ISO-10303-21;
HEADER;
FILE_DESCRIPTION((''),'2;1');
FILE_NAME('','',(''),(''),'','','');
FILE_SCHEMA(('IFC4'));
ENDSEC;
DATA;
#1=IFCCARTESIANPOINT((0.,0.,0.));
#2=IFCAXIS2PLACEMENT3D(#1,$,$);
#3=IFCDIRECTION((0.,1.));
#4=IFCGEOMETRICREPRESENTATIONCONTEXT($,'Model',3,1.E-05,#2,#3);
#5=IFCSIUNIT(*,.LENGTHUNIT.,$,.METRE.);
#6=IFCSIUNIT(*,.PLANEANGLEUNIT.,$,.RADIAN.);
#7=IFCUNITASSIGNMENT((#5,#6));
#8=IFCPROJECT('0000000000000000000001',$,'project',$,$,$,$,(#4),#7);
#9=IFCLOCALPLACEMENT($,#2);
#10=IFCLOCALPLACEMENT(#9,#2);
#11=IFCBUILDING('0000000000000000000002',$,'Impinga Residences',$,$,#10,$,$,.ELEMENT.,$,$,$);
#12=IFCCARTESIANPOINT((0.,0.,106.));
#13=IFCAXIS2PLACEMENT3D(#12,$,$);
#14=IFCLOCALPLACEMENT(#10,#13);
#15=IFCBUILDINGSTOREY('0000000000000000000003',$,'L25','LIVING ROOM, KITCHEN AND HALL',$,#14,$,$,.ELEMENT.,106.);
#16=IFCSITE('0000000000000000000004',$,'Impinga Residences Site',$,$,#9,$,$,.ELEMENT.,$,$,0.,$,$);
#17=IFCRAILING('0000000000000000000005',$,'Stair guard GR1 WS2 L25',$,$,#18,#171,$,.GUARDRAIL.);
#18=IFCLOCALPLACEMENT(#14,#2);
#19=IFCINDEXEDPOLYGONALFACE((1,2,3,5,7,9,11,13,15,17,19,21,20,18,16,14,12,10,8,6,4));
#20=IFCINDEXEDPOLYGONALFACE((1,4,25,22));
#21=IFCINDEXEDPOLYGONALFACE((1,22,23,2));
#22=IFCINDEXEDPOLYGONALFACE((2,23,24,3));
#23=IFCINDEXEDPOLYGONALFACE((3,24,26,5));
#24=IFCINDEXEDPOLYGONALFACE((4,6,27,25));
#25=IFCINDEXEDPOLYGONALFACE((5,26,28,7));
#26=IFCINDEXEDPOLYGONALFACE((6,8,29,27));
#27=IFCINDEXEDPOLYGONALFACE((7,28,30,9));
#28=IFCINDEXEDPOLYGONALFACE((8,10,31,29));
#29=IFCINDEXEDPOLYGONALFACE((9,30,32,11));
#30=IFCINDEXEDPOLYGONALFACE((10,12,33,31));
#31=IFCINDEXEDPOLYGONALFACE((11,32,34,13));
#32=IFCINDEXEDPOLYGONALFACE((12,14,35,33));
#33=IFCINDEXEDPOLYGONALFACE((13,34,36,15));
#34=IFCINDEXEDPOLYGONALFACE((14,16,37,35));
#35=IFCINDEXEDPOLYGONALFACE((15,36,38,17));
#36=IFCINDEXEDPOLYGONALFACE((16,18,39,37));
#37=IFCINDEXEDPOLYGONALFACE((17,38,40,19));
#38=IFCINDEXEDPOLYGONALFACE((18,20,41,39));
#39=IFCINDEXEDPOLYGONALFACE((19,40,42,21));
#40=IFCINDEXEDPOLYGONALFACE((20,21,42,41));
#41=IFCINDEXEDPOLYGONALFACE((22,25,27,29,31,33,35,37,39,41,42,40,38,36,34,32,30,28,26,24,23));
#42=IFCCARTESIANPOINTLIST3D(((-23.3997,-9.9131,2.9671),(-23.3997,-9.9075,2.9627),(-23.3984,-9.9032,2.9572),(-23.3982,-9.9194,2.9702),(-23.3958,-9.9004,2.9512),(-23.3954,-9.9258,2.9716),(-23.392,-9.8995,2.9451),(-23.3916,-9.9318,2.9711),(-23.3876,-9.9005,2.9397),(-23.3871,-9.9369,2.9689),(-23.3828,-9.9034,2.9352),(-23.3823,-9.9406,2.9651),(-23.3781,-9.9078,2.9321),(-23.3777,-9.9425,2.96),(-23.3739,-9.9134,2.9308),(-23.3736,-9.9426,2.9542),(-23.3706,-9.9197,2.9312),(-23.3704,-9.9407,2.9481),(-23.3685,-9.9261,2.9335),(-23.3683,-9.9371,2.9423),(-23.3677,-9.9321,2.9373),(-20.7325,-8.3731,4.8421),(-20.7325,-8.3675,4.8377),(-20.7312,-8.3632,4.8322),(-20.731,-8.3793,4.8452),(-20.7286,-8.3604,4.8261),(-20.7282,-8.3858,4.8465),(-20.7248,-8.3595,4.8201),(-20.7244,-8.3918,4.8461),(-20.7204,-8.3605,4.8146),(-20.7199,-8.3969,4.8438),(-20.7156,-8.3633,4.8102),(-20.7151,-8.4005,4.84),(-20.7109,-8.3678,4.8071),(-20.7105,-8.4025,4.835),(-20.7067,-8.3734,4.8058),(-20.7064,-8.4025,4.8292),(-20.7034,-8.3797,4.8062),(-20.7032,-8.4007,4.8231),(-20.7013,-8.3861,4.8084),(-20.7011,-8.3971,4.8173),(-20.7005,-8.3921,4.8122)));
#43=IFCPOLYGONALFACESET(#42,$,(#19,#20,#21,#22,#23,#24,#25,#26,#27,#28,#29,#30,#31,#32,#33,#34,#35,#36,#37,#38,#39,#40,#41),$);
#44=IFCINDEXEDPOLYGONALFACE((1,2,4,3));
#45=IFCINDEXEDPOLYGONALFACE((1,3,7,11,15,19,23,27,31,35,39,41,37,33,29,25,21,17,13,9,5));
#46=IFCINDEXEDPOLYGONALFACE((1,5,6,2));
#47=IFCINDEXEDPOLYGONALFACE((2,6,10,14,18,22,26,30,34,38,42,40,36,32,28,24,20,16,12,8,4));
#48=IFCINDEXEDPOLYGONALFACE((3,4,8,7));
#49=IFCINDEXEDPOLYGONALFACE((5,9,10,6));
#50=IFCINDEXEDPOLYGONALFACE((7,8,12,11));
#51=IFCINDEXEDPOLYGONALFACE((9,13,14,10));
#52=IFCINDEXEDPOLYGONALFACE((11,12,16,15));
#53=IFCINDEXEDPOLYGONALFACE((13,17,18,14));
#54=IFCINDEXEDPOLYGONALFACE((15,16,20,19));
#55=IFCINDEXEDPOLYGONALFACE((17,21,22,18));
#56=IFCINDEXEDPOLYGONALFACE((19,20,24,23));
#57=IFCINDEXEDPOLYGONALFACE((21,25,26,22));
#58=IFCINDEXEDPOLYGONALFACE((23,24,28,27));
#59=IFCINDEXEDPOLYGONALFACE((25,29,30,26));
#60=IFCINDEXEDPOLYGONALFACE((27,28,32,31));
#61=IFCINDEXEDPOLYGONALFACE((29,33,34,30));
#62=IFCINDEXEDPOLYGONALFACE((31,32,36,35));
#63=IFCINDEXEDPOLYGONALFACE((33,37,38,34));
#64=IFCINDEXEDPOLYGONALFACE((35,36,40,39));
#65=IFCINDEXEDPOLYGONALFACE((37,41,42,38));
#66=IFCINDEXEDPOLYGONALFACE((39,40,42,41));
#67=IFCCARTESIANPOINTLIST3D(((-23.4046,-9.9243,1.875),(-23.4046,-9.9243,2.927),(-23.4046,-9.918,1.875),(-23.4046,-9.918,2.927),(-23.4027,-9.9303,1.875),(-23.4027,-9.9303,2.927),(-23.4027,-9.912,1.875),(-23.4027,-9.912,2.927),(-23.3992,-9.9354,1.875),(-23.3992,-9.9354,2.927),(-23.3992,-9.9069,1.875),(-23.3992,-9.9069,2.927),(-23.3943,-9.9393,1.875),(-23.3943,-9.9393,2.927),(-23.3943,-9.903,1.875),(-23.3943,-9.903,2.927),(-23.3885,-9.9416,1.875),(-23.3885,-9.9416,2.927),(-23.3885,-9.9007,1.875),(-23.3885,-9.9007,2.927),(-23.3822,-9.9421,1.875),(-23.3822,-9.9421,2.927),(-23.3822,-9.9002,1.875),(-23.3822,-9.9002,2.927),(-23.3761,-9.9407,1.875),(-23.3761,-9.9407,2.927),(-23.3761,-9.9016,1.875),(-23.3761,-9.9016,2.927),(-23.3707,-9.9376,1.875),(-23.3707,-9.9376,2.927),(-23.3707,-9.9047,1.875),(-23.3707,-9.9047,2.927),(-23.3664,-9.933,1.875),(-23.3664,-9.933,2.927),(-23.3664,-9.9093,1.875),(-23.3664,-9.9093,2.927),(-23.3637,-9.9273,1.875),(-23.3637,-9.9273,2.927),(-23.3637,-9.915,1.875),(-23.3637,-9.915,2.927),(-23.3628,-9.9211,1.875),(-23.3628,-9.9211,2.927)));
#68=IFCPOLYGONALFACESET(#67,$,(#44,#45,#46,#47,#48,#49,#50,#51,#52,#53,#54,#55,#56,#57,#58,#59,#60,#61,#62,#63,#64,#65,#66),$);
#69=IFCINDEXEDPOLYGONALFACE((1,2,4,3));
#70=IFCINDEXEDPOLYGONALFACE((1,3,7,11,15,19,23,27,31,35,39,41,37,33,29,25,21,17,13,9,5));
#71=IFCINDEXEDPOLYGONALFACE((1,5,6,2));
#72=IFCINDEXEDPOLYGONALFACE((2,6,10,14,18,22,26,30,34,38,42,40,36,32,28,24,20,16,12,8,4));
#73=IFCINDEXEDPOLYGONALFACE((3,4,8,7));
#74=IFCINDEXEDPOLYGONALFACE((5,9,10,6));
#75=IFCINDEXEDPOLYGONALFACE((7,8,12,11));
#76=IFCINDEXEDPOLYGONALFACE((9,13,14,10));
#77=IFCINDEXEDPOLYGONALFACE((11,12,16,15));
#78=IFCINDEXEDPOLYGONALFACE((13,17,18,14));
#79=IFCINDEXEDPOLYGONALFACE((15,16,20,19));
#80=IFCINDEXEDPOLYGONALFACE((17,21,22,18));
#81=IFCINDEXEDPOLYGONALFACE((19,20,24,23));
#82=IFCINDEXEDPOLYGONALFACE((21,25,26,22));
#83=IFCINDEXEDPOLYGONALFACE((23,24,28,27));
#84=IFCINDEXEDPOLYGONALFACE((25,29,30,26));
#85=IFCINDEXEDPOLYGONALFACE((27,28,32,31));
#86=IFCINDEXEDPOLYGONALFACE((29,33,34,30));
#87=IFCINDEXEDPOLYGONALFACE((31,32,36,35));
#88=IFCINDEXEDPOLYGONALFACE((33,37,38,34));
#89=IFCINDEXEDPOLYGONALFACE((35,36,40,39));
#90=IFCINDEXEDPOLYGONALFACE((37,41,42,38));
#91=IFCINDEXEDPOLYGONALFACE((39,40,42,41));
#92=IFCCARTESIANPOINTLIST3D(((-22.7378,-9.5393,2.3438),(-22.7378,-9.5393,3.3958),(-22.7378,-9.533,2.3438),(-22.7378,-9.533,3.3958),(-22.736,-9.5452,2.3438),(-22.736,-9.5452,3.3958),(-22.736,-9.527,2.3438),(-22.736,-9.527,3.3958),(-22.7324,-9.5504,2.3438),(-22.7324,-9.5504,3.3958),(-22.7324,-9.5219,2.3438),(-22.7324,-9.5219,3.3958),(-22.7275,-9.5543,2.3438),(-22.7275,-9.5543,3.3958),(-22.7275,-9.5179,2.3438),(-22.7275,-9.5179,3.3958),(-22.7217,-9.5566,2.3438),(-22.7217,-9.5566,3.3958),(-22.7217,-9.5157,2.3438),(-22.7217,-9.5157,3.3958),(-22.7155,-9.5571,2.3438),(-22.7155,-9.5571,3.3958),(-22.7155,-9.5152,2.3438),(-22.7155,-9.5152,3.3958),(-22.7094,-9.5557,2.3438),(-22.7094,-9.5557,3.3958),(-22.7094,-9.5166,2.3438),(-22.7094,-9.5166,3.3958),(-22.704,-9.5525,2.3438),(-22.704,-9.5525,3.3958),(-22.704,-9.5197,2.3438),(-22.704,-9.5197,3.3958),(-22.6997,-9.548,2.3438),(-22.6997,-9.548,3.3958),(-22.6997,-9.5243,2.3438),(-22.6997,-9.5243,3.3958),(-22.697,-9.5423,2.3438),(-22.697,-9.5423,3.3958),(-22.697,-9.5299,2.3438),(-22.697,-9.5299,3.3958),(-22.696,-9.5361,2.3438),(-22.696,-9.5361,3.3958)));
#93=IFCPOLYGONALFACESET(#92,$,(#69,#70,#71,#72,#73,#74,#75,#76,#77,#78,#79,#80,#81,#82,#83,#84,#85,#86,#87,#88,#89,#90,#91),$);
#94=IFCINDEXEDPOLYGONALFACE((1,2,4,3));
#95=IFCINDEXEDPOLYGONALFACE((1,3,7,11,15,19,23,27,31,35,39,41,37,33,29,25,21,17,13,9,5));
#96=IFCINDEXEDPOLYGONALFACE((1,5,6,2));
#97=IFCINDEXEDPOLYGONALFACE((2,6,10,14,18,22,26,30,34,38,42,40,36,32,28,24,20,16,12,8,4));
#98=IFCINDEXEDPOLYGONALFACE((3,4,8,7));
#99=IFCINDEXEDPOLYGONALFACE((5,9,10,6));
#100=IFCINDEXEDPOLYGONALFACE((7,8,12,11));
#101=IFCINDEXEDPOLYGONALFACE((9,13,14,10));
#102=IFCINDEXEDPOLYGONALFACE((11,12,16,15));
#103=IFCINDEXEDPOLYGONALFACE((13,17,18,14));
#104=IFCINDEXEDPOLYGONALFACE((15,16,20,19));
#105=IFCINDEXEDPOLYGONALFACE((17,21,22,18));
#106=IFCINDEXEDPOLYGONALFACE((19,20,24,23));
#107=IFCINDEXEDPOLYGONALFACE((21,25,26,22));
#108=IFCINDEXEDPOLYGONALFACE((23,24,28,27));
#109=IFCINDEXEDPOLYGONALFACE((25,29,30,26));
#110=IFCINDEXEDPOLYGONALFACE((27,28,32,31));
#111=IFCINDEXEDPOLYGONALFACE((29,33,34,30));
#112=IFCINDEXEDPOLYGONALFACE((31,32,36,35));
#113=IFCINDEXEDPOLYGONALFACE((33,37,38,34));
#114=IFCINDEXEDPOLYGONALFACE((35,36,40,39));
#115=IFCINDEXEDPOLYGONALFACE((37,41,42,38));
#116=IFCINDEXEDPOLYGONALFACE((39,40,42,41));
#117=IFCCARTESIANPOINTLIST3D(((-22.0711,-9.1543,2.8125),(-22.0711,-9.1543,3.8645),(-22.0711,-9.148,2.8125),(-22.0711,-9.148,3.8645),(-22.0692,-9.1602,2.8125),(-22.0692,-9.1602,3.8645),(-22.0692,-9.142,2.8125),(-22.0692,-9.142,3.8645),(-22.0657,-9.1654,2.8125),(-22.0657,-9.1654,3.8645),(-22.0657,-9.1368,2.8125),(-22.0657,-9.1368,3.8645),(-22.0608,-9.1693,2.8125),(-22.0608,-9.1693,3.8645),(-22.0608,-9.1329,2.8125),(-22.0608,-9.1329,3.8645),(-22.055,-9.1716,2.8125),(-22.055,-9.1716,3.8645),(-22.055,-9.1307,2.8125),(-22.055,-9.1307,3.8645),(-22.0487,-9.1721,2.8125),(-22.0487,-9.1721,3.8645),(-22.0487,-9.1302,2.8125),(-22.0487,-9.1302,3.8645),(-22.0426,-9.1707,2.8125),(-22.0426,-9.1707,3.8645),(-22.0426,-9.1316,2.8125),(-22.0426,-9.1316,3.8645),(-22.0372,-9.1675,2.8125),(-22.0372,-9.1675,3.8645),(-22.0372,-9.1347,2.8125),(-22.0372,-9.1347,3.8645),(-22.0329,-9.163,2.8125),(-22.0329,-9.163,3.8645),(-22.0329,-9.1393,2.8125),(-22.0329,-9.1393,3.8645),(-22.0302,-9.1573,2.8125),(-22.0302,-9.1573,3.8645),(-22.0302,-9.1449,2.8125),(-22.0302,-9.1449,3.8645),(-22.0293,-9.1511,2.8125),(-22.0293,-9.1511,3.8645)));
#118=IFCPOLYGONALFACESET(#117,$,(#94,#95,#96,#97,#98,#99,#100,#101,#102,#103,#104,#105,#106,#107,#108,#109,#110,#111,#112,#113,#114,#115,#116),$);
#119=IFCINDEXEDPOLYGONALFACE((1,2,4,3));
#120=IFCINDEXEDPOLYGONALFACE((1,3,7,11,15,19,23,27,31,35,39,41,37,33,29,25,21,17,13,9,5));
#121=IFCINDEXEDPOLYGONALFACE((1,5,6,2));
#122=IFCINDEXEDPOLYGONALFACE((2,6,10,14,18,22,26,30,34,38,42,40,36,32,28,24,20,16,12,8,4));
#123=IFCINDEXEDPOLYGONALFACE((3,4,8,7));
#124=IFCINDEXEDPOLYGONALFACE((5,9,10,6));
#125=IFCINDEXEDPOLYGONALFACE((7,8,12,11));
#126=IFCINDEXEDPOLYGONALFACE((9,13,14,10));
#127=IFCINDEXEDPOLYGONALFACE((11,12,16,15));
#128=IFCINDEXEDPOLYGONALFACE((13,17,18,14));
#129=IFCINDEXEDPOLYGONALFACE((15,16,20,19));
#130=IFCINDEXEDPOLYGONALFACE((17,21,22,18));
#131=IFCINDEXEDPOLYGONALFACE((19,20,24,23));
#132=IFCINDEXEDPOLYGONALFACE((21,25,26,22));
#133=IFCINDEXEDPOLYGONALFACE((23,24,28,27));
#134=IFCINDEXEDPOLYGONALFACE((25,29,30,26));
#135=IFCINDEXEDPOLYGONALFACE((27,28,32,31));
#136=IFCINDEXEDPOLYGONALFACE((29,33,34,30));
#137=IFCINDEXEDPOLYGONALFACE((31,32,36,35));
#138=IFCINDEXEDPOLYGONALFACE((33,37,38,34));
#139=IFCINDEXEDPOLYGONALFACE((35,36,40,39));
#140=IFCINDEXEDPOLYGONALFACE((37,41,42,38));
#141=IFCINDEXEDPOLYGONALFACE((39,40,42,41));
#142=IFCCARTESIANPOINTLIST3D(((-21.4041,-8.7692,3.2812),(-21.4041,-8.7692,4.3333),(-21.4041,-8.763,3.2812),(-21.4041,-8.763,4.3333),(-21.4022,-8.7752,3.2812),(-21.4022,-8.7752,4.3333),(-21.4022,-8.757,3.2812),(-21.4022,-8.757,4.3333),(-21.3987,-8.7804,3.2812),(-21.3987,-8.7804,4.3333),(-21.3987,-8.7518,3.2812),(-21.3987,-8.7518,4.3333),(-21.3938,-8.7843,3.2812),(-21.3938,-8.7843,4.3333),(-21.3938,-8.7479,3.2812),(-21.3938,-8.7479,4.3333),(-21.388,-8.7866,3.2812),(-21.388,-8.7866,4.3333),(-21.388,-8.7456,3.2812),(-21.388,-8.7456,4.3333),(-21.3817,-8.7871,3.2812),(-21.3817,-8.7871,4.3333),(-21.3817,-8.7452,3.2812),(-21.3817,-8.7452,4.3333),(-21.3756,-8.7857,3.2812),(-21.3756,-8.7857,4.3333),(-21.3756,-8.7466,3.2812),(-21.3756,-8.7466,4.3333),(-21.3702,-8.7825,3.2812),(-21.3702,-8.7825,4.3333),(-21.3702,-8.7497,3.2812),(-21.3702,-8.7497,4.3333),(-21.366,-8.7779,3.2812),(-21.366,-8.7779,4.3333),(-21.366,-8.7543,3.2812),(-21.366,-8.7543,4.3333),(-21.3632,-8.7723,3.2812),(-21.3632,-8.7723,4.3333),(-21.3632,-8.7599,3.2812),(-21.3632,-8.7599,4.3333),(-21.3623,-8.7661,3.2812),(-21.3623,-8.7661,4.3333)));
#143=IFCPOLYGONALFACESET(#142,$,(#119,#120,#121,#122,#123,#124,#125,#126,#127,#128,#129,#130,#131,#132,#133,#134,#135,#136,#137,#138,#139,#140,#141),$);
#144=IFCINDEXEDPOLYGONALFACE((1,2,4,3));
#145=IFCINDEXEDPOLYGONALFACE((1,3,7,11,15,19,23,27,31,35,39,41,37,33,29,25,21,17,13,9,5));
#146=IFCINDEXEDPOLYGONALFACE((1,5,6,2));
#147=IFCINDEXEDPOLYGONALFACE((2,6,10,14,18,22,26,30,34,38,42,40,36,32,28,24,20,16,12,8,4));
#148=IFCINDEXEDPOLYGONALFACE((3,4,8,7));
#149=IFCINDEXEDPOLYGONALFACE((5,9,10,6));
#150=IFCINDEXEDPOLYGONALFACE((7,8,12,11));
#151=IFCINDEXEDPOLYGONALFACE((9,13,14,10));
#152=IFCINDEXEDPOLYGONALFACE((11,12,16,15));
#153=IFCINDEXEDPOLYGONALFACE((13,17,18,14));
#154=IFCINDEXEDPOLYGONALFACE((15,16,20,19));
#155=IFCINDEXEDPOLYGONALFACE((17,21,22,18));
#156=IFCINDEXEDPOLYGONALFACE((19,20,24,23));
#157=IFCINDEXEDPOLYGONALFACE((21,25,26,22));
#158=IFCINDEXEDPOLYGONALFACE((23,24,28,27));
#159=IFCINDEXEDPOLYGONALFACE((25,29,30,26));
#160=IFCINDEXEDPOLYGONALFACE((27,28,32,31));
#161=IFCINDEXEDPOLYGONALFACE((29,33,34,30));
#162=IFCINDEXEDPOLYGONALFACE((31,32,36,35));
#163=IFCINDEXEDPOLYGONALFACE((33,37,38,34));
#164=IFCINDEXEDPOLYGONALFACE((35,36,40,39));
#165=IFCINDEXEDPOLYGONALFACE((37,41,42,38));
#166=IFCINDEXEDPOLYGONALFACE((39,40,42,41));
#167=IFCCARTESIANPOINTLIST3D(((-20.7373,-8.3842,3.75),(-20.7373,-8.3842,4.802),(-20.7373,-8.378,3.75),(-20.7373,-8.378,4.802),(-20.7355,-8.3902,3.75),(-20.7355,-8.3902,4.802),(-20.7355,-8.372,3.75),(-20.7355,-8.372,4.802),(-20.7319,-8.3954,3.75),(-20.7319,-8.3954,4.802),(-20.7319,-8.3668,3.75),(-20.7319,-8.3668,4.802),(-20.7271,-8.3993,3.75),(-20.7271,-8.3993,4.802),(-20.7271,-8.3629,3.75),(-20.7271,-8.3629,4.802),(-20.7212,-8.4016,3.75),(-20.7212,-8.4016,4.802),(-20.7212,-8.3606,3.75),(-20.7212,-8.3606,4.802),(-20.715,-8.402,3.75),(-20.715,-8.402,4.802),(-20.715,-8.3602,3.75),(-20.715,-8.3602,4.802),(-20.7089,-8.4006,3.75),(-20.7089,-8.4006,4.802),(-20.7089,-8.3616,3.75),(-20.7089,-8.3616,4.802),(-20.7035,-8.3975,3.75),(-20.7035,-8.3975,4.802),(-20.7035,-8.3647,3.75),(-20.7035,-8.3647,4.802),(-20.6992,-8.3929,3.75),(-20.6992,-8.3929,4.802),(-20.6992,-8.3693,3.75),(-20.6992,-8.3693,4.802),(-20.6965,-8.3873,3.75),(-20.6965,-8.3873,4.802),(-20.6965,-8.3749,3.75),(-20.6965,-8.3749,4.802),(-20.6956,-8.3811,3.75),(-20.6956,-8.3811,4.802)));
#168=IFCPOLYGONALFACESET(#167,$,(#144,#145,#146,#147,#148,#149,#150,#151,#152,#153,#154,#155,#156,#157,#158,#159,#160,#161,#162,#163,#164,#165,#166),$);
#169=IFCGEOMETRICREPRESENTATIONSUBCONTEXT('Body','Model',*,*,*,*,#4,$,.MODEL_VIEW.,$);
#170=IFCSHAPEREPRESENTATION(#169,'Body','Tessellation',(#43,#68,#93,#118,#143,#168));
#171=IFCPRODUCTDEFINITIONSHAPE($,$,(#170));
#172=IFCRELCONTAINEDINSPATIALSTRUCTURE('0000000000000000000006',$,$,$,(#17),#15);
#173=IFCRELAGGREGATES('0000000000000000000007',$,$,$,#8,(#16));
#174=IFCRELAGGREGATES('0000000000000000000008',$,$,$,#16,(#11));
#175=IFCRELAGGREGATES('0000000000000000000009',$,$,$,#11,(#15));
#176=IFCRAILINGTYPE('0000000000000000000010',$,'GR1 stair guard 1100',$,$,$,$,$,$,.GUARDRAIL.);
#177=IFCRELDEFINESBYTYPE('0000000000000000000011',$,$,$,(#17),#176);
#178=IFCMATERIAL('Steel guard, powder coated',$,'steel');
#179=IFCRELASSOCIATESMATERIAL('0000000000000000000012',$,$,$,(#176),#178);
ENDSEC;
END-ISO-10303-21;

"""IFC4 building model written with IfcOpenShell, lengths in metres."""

from ifc_helpers import new_model, si_unit, direction, frame, origin, origin_2d, place, context, subcontext, project, spatial, circle, extrude, material, type_object, element, save


model = new_model("IFC4")

# Units and contexts
model_context = context("Model", 3, precision=1e-05, world=origin(), true_north=direction((0.0, 1.0)))
body_context = subcontext(model_context, "Body", "Model", "MODEL_VIEW")
ifc_project = project(units=[si_unit("LENGTHUNIT", "METRE"), si_unit("PLANEANGLEUNIT", "RADIAN")], contexts=[model_context])

# Site, building, storey
site_placement = place(None, origin())
site = spatial("IfcSite", under=ifc_project, at=site_placement, Name="Impinga Residences Site", CompositionType="ELEMENT", RefElevation=0.0)
building_placement = place(site_placement, origin())
building = spatial("IfcBuilding", under=site, at=building_placement, Name="Impinga Residences", CompositionType="ELEMENT")
storey_placement = place(building_placement, frame((0.0, 0.0, 106.0)))
storey = spatial("IfcBuildingStorey", under=building, at=storey_placement, Name="L25", Description="LIVING ROOM, KITCHEN AND HALL", CompositionType="ELEMENT", Elevation=106.0)

# Railing
ifc_material_1 = material(Name="Steel guard, powder coated", Category="steel")
railing_type_1 = type_object("IfcRailingType", Name="GR1 stair guard 1100", PredefinedType="GUARDRAIL", material=ifc_material_1)
railing_1_placement = place(storey_placement, frame((-23.3838, -9.9211, 1.875)))
element("IfcRailing", 1, at=railing_1_placement, inside=storey, type_object=railing_type_1, Name="Stair guard GR1 WS2 L25", PredefinedType="GUARDRAIL", context=body_context, shape_type="SweptSolid", body=[
    extrude(circle(Radius=0.0239, at=origin_2d()), frame((0.0, 0.0, 1.0762), z_axis=(0.739716, 0.427105, 0.520002), x_axis=(-0.500027, 0.86601, 0.0)), (0.0, 0.0, 1.0), 3.6057),
    extrude(circle(Radius=0.021, at=origin_2d()), origin(), (0.0, 0.0, 1.0), 1.052),
    extrude(circle(Radius=0.021, at=origin_2d()), frame((0.6667, 0.385, 0.4688)), (0.0, 0.0, 1.0), 1.052),
    extrude(circle(Radius=0.021, at=origin_2d()), frame((1.3335, 0.77, 0.9375)), (0.0, 0.0, 1.0), 1.052),
    extrude(circle(Radius=0.021, at=origin_2d()), frame((2.0005, 1.155, 1.4062)), (0.0, 0.0, 1.0), 1.052),
    extrude(circle(Radius=0.021, at=origin_2d()), frame((2.6672, 1.54, 1.875)), (0.0, 0.0, 1.0), 1.052),
])

save(model, "model.ifc")
